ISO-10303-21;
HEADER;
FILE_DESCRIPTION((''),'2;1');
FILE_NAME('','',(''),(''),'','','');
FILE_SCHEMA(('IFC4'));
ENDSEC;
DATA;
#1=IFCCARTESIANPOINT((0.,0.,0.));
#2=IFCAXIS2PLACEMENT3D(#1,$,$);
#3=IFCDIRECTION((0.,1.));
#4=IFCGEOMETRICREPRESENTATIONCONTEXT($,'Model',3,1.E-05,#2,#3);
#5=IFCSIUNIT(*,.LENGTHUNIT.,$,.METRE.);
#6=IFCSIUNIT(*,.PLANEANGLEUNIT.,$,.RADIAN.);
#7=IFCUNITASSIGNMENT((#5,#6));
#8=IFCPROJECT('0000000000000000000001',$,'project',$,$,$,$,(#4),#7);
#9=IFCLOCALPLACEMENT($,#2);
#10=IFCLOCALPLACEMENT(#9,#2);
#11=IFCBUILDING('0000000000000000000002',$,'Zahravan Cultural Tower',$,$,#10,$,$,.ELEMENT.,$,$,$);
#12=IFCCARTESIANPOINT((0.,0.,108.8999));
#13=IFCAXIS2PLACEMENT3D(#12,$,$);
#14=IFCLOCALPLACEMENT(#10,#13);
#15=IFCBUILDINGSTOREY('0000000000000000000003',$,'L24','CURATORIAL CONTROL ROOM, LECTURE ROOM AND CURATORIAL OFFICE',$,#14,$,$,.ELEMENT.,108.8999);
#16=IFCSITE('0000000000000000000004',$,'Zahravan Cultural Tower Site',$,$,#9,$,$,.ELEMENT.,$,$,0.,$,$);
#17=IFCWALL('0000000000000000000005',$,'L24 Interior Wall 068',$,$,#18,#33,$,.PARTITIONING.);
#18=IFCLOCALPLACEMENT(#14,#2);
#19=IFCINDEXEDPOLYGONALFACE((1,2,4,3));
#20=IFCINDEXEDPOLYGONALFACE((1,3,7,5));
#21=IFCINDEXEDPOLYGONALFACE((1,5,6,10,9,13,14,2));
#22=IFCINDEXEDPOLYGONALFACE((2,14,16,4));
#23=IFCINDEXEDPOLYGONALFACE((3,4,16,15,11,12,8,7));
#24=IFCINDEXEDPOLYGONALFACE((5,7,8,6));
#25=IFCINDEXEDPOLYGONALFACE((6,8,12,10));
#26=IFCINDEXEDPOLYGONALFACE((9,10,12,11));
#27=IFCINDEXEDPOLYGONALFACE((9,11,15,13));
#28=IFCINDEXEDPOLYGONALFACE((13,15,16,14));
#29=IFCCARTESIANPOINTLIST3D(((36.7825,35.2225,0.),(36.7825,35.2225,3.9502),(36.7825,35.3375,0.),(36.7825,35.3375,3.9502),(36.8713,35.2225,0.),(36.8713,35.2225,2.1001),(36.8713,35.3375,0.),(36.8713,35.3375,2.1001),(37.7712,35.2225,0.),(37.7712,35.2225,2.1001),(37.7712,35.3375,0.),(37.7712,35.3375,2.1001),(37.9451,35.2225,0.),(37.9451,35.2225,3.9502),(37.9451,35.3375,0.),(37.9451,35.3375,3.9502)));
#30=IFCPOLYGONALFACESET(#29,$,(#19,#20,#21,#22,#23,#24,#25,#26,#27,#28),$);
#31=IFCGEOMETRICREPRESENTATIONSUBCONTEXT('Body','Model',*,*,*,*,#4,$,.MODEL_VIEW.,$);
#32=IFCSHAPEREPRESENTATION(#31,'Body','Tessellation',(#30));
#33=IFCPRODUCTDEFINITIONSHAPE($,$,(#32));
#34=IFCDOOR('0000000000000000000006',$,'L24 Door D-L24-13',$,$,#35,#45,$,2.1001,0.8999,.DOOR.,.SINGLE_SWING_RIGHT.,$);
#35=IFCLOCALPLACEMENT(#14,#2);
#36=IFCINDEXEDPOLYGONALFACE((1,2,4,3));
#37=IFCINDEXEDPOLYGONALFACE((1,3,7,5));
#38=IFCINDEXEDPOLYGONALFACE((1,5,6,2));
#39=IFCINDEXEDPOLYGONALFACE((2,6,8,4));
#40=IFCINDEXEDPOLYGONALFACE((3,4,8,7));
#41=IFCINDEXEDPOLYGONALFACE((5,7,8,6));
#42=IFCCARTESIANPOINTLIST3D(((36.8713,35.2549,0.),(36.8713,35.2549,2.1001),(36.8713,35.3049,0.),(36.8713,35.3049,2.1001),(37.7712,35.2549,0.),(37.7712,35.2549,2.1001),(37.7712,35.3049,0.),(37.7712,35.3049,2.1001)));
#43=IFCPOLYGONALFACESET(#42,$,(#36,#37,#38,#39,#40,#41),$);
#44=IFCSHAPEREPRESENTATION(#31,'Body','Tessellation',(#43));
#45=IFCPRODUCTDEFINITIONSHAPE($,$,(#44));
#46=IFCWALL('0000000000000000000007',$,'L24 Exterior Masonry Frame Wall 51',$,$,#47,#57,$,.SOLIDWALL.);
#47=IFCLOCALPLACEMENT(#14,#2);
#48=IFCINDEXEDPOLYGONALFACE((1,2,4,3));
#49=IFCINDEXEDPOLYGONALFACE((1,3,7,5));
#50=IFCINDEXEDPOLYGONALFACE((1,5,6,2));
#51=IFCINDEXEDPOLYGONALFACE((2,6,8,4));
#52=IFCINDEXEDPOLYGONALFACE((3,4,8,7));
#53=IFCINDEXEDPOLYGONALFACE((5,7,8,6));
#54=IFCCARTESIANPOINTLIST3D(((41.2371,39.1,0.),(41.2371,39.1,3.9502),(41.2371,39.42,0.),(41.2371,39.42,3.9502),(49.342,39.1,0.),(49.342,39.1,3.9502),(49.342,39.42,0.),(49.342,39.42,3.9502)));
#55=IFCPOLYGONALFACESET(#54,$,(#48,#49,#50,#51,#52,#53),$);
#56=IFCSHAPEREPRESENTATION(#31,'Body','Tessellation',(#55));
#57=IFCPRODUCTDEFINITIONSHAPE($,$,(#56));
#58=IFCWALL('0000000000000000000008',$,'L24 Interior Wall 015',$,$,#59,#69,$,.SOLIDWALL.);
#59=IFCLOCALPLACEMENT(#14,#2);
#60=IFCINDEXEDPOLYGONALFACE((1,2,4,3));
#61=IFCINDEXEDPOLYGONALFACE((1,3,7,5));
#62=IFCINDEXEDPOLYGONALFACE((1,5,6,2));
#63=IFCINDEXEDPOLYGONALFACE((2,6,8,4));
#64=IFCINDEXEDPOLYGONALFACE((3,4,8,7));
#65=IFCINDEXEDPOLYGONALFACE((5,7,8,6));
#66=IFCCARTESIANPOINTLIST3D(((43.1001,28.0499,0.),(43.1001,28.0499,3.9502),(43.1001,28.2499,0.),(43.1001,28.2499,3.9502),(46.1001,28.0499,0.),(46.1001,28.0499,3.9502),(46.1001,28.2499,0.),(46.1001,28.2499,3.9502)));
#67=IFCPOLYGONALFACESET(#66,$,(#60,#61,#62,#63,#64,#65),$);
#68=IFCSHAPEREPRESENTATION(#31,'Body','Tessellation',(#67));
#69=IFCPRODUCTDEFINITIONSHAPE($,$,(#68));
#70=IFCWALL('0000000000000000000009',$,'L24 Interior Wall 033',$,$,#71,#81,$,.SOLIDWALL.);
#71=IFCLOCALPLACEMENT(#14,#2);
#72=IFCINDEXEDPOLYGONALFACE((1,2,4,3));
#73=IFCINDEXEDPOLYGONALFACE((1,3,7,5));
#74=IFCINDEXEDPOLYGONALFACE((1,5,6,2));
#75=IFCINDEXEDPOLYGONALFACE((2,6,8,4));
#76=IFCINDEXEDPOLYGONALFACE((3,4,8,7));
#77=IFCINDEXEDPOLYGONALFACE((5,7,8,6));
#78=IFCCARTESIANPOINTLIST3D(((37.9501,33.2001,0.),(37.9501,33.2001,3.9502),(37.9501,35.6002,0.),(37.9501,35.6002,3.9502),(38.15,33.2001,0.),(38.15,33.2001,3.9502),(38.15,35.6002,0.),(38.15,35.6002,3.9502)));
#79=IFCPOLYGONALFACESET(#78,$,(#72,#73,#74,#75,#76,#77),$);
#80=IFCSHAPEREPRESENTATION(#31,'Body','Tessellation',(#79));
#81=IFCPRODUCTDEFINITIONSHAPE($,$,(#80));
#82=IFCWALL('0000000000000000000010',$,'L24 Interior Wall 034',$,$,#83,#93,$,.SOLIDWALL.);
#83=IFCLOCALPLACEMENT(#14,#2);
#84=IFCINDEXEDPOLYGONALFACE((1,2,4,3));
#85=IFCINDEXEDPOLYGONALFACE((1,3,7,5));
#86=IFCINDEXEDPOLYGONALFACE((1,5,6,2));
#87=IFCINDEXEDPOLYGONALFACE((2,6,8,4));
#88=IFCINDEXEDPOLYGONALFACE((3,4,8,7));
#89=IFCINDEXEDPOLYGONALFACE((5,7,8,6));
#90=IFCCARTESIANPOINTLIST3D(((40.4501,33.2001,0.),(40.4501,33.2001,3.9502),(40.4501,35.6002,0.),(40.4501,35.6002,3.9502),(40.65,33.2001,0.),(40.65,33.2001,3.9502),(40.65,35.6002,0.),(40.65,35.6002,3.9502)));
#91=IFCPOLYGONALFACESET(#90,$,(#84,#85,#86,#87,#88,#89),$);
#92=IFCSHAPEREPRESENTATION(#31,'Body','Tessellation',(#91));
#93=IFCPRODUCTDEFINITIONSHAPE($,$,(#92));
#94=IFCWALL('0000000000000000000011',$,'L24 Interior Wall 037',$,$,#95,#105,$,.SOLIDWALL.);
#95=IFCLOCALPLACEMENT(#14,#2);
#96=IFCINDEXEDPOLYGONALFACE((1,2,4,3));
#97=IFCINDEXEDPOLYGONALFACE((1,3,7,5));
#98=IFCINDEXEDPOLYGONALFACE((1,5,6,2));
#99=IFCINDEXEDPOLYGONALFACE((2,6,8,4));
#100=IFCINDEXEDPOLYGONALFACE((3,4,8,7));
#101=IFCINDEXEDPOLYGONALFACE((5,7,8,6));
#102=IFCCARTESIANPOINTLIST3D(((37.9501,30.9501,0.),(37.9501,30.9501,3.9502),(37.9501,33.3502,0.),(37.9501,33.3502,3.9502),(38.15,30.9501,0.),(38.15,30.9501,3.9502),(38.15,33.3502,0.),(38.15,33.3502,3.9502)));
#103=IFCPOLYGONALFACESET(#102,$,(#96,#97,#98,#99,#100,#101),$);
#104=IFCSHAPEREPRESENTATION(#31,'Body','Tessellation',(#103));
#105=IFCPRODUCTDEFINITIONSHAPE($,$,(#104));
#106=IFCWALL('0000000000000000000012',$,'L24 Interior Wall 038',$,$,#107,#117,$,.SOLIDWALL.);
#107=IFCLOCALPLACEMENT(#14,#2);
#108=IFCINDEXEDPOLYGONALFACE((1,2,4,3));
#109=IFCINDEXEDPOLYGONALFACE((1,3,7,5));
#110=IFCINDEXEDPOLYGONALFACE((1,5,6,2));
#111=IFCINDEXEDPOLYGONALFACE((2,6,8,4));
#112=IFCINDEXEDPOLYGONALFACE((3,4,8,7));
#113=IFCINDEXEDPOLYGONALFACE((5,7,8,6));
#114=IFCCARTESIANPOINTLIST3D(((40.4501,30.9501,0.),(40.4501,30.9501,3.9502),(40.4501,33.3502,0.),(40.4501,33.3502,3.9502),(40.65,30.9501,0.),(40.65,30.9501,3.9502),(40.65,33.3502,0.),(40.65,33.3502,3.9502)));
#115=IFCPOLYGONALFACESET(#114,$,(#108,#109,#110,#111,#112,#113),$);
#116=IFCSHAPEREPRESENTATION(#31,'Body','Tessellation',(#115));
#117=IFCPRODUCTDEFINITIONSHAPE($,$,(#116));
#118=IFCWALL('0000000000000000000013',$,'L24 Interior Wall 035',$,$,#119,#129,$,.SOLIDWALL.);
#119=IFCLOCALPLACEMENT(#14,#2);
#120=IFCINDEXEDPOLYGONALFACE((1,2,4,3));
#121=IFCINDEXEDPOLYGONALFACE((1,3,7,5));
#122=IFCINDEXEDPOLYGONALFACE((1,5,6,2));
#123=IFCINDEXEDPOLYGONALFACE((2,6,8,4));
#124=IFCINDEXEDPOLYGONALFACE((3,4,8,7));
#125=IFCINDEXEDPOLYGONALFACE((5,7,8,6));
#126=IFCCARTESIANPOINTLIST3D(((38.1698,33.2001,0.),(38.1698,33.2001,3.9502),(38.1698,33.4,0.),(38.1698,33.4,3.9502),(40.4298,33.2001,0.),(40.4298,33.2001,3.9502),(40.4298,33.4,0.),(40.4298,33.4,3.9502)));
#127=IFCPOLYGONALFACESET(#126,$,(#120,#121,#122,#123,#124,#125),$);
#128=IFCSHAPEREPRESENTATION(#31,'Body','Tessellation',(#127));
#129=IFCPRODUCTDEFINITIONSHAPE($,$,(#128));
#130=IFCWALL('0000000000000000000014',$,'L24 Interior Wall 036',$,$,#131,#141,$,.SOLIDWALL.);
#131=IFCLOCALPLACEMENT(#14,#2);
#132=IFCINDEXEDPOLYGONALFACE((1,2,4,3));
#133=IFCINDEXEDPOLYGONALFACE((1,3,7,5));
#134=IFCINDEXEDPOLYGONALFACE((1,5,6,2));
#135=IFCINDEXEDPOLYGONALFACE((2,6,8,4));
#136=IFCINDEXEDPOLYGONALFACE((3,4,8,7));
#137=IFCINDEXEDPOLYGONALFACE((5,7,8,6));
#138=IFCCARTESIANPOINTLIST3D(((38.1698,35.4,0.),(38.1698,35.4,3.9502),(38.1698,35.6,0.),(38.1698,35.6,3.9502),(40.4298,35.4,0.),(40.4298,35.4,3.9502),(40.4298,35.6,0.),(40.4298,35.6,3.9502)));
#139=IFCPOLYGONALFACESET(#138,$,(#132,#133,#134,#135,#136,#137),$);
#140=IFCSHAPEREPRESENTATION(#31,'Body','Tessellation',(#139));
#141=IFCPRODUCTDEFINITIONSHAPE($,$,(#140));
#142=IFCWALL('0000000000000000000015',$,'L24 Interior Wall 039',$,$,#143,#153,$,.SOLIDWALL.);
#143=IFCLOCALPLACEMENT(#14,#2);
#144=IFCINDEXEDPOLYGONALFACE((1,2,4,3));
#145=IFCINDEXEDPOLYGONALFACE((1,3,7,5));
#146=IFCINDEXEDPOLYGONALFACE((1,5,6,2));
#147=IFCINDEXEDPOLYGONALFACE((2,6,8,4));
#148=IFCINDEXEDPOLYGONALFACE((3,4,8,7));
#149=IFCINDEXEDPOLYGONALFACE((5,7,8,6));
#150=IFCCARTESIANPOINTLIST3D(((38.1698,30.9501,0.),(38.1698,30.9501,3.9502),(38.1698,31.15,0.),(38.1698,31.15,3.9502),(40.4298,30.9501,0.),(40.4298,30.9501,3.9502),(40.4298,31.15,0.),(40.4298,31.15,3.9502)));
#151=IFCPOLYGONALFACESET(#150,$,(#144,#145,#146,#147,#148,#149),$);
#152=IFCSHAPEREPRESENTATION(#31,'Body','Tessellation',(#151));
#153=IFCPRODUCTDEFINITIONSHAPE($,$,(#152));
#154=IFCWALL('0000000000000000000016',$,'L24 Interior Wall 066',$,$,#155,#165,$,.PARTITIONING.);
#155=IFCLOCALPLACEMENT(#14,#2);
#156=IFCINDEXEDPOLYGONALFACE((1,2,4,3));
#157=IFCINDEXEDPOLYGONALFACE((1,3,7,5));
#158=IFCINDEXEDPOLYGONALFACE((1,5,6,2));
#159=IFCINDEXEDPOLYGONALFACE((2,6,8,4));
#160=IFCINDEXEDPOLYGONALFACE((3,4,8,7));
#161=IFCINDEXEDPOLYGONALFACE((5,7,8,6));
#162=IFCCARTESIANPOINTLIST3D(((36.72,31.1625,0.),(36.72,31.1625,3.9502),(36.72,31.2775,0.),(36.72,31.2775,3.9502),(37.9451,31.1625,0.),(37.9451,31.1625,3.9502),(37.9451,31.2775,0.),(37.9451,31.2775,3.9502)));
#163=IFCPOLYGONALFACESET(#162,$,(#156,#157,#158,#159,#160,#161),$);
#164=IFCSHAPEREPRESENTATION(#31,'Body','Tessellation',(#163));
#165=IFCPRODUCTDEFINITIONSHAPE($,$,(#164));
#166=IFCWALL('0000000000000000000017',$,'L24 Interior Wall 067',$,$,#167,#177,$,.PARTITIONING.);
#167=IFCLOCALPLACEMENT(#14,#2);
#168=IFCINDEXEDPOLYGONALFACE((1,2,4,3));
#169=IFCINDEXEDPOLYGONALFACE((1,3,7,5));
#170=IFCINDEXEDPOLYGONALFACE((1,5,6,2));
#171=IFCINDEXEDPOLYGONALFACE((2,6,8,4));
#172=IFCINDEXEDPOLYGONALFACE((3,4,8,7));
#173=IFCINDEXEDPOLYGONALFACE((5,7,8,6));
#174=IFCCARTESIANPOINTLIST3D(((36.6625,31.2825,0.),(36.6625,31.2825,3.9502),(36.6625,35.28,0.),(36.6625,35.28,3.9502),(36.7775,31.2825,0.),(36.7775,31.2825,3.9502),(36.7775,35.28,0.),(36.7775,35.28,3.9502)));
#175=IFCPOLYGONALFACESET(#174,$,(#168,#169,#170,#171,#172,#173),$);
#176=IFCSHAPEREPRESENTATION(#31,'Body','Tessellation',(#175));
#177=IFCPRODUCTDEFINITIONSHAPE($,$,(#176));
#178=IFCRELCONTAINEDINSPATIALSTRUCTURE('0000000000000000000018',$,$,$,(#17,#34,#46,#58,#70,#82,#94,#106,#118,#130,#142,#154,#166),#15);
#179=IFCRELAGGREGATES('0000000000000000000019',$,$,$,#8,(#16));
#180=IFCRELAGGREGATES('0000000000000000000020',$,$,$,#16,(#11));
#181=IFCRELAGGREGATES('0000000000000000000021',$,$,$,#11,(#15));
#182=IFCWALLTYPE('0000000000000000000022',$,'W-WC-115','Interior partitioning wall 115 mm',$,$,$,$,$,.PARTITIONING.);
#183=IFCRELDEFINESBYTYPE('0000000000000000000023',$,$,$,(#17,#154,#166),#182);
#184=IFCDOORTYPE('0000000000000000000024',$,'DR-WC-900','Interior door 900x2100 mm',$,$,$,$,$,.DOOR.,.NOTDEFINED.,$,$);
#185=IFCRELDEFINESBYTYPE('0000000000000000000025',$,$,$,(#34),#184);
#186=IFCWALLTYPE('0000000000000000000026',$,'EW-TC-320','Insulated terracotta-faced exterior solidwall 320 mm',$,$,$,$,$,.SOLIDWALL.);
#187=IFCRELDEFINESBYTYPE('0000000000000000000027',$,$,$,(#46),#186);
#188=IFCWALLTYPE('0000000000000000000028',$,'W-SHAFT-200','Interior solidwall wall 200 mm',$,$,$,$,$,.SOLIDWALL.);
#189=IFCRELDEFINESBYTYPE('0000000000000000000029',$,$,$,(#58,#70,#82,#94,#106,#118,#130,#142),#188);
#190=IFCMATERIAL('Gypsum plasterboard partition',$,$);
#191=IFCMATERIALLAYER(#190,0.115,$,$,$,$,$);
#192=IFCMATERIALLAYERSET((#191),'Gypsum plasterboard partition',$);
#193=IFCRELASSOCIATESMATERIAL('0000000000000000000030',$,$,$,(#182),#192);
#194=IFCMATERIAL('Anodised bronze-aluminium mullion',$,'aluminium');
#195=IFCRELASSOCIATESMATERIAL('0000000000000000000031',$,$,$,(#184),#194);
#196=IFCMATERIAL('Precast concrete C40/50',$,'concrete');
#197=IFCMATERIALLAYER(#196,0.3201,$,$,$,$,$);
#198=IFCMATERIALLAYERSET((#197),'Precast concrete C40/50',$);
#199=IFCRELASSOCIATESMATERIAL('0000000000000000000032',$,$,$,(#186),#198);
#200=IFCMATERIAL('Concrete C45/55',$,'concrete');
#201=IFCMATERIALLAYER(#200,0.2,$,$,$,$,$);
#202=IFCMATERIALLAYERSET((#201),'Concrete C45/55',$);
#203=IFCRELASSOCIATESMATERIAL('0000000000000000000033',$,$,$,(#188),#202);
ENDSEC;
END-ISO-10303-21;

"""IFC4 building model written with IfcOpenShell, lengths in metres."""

from ifc_helpers import new_model, si_unit, direction, frame, frame_2d, origin, place, context, subcontext, project, spatial, rectangle, extrude, source, transform, mapped, material, layer, layer_set, type_object, element, fill, save


model = new_model("IFC4")

# Units and contexts
model_context = context("Model", 3, precision=1e-05, world=origin(), true_north=direction((0.0, 1.0)))
body_context = subcontext(model_context, "Body", "Model", "MODEL_VIEW")
ifc_project = project(units=[si_unit("LENGTHUNIT", "METRE"), si_unit("PLANEANGLEUNIT", "RADIAN")], contexts=[model_context])

# Site, building, storey
site_placement = place(None, origin())
site = spatial("IfcSite", under=ifc_project, at=site_placement, Name="Zahravan Cultural Tower Site", CompositionType="ELEMENT", RefElevation=0.0)
building_placement = place(site_placement, origin())
building = spatial("IfcBuilding", under=site, at=building_placement, Name="Zahravan Cultural Tower", CompositionType="ELEMENT")
storey_placement = place(building_placement, frame((0.0, 0.0, 108.8999)))
storey = spatial("IfcBuildingStorey", under=building, at=storey_placement, Name="L24", Description="CURATORIAL CONTROL ROOM, LECTURE ROOM AND CURATORIAL OFFICE", CompositionType="ELEMENT", Elevation=108.8999)

# Shared definitions
ifc_material_1 = material(Name="Anodised bronze-aluminium mullion", Category="aluminium")

# Wall, opening, door
ifc_material_2 = material(Name="Gypsum plasterboard partition")
ifc_layer_1 = layer(ifc_material_2, 0.115)
ifc_layer_set_1 = layer_set([ifc_layer_1], Name="Gypsum plasterboard partition")
wall_type_1 = type_object("IfcWallType", Name="W-WC-115", Description="Interior partitioning wall 115 mm", PredefinedType="PARTITIONING", material=ifc_layer_set_1)
wall_1_placement = place(storey_placement, frame((36.7825, 35.28, 0.0), z_axis=(0.0, 0.0, 1.0), x_axis=(1.0, 0.0, 0.0)))
wall_1 = element("IfcWall", 1, at=wall_1_placement, inside=storey, type_object=wall_type_1, Name="L24 Interior Wall 068", PredefinedType="PARTITIONING", context=body_context, shape_type="SweptSolid", body=[
    extrude(rectangle(XDim=1.1626, YDim=0.115, at=frame_2d((0.5813, 0.0))), origin(), (0.0, 0.0, 1.0), 3.9502),
])
opening_1_placement = place(wall_1_placement, frame((0.0889, 0.0, 0.0)))
opening_1 = element("IfcOpeningElement", 2, at=opening_1_placement, cuts=wall_1, PredefinedType="OPENING", context=body_context, shape_type="SweptSolid", body=[
    extrude(rectangle(XDim=0.8999, YDim=2.1001, at=frame_2d((0.45, 1.05))), frame((0.0, 0.0674, 0.0), z_axis=(0.0, -1.0, 0.0), x_axis=(1.0, 0.0, 0.0)), (0.0, 0.0, 1.0), 0.135),
])
door_type_1 = type_object("IfcDoorType", Name="DR-WC-900", Description="Interior door 900x2100 mm", OperationType="NOTDEFINED", PredefinedType="DOOR", material=ifc_material_1)
shared_shape_1 = source(origin(), body_context, "Body", "SweptSolid", [
    extrude(rectangle(XDim=0.8999, YDim=2.1001, at=frame_2d((0.45, 1.05))), frame((0.0, 0.0249, 0.0), z_axis=(0.0, -1.0, 0.0), x_axis=(1.0, 0.0, 0.0)), (0.0, 0.0, 1.0), 0.05),
])
door_1_placement = place(opening_1_placement, origin())
door_1 = element("IfcDoor", 3, at=door_1_placement, inside=storey, type_object=door_type_1, Name="L24 Door D-L24-13", OperationType="SINGLE_SWING_RIGHT", OverallHeight=2.1001, OverallWidth=0.8999, PredefinedType="DOOR", context=body_context, shape_type="MappedRepresentation", body=[
    mapped(shared_shape_1, transform((0.0, 0.0, 0.0), x_axis=(1.0, 0.0, 0.0), y_axis=(0.0, 1.0, 0.0), z_axis=(0.0, 0.0, 1.0), scale=1.0)),
])
fill(opening_1, door_1)

# Walls
ifc_material_3 = material(Name="Precast concrete C40/50", Category="concrete")
ifc_layer_2 = layer(ifc_material_3, 0.3201)
ifc_layer_set_2 = layer_set([ifc_layer_2], Name="Precast concrete C40/50")
wall_type_2 = type_object("IfcWallType", Name="EW-TC-320", Description="Insulated terracotta-faced exterior solidwall 320 mm", PredefinedType="SOLIDWALL", material=ifc_layer_set_2)
shared_shape_2 = source(origin(), body_context, "Body", "SweptSolid", [
    extrude(rectangle(XDim=8.105, YDim=0.3201, at=frame_2d((4.0525, 0.0))), origin(), (0.0, 0.0, 1.0), 3.9502),
])
wall_2_placement = place(storey_placement, frame((41.2371, 39.26, 0.0), z_axis=(0.0, 0.0, 1.0), x_axis=(1.0, 0.0, 0.0)))
element("IfcWall", 4, at=wall_2_placement, inside=storey, type_object=wall_type_2, Name="L24 Exterior Masonry Frame Wall 51", PredefinedType="SOLIDWALL", context=body_context, shape_type="MappedRepresentation", body=[
    mapped(shared_shape_2, transform((0.0, 0.0, 0.0), x_axis=(1.0, 0.0, 0.0), y_axis=(0.0, 1.0, 0.0), z_axis=(0.0, 0.0, 1.0), scale=1.0)),
])
ifc_material_4 = material(Name="Concrete C45/55", Category="concrete")
ifc_layer_3 = layer(ifc_material_4, 0.2)
ifc_layer_set_3 = layer_set([ifc_layer_3], Name="Concrete C45/55")
wall_type_3 = type_object("IfcWallType", Name="W-SHAFT-200", Description="Interior solidwall wall 200 mm", PredefinedType="SOLIDWALL", material=ifc_layer_set_3)
shared_shape_3 = source(origin(), body_context, "Body", "SweptSolid", [
    extrude(rectangle(XDim=3.0, YDim=0.2, at=frame_2d((1.5, 0.0))), origin(), (0.0, 0.0, 1.0), 3.9502),
])
wall_3_placement = place(storey_placement, frame((43.1001, 28.1499, 0.0), z_axis=(0.0, 0.0, 1.0), x_axis=(1.0, 0.0, 0.0)))
element("IfcWall", 5, at=wall_3_placement, inside=storey, type_object=wall_type_3, Name="L24 Interior Wall 015", PredefinedType="SOLIDWALL", context=body_context, shape_type="MappedRepresentation", body=[
    mapped(shared_shape_3, transform((0.0, 0.0, 0.0), x_axis=(1.0, 0.0, 0.0), y_axis=(0.0, 1.0, 0.0), z_axis=(0.0, 0.0, 1.0), scale=1.0)),
])
shared_shape_4 = source(origin(), body_context, "Body", "SweptSolid", [
    extrude(rectangle(XDim=2.4001, YDim=0.2, at=frame_2d((1.2002, 0.0))), origin(), (0.0, 0.0, 1.0), 3.9502),
])
for number, where, z_axis, x_axis, name in (
    (6, (38.05, 33.2, 0.0), (0.0, 0.0, 1.0), (0.0, 1.0, 0.0), "L24 Interior Wall 033"),
    (7, (40.55, 33.2, 0.0), (0.0, 0.0, 1.0), (0.0, 1.0, 0.0), "L24 Interior Wall 034"),
    (8, (38.05, 30.95, 0.0), (0.0, 0.0, 1.0), (0.0, 1.0, 0.0), "L24 Interior Wall 037"),
    (9, (40.55, 30.95, 0.0), (0.0, 0.0, 1.0), (0.0, 1.0, 0.0), "L24 Interior Wall 038"),
):
    element("IfcWall", number, at=place(storey_placement, frame(where, z_axis=z_axis, x_axis=x_axis)), inside=storey, type_object=wall_type_3, Name=name, PredefinedType="SOLIDWALL", context=body_context, shape_type="MappedRepresentation", body=[
        mapped(shared_shape_4, transform((0.0, 0.0, 0.0), x_axis=(1.0, 0.0, 0.0), y_axis=(0.0, 1.0, 0.0), z_axis=(0.0, 0.0, 1.0), scale=1.0)),
    ])
shared_shape_5 = source(origin(), body_context, "Body", "SweptSolid", [
    extrude(rectangle(XDim=2.26, YDim=0.2, at=frame_2d((1.1299, 0.0))), origin(), (0.0, 0.0, 1.0), 3.9502),
])
for number, where, z_axis, x_axis, name in (
    (10, (38.1699, 33.3, 0.0), (0.0, 0.0, 1.0), (1.0, 0.0, 0.0), "L24 Interior Wall 035"),
    (11, (38.1699, 35.5, 0.0), (0.0, 0.0, 1.0), (1.0, 0.0, 0.0), "L24 Interior Wall 036"),
    (12, (38.1699, 31.05, 0.0), (0.0, 0.0, 1.0), (1.0, 0.0, 0.0), "L24 Interior Wall 039"),
):
    element("IfcWall", number, at=place(storey_placement, frame(where, z_axis=z_axis, x_axis=x_axis)), inside=storey, type_object=wall_type_3, Name=name, PredefinedType="SOLIDWALL", context=body_context, shape_type="MappedRepresentation", body=[
        mapped(shared_shape_5, transform((0.0, 0.0, 0.0), x_axis=(1.0, 0.0, 0.0), y_axis=(0.0, 1.0, 0.0), z_axis=(0.0, 0.0, 1.0), scale=1.0)),
    ])
shared_shape_6 = source(origin(), body_context, "Body", "SweptSolid", [
    extrude(rectangle(XDim=1.2251, YDim=0.115, at=frame_2d((0.6125, 0.0))), origin(), (0.0, 0.0, 1.0), 3.9502),
])
wall_4_placement = place(storey_placement, frame((37.9451, 31.22, 0.0), z_axis=(0.0, 0.0, 1.0), x_axis=(-1.0, 0.0, 0.0)))
element("IfcWall", 13, at=wall_4_placement, inside=storey, type_object=wall_type_1, Name="L24 Interior Wall 066", PredefinedType="PARTITIONING", context=body_context, shape_type="MappedRepresentation", body=[
    mapped(shared_shape_6, transform((0.0, 0.0, 0.0), x_axis=(1.0, 0.0, 0.0), y_axis=(0.0, 1.0, 0.0), z_axis=(0.0, 0.0, 1.0), scale=1.0)),
])
shared_shape_7 = source(origin(), body_context, "Body", "SweptSolid", [
    extrude(rectangle(XDim=3.9976, YDim=0.115, at=frame_2d((1.9988, 0.0))), origin(), (0.0, 0.0, 1.0), 3.9502),
])
wall_5_placement = place(storey_placement, frame((36.72, 31.2825, 0.0), z_axis=(0.0, 0.0, 1.0), x_axis=(0.0, 1.0, 0.0)))
element("IfcWall", 14, at=wall_5_placement, inside=storey, type_object=wall_type_1, Name="L24 Interior Wall 067", PredefinedType="PARTITIONING", context=body_context, shape_type="MappedRepresentation", body=[
    mapped(shared_shape_7, transform((0.0, 0.0, 0.0), x_axis=(1.0, 0.0, 0.0), y_axis=(0.0, 1.0, 0.0), z_axis=(0.0, 0.0, 1.0), scale=1.0)),
])

save(model, "model.ifc")
